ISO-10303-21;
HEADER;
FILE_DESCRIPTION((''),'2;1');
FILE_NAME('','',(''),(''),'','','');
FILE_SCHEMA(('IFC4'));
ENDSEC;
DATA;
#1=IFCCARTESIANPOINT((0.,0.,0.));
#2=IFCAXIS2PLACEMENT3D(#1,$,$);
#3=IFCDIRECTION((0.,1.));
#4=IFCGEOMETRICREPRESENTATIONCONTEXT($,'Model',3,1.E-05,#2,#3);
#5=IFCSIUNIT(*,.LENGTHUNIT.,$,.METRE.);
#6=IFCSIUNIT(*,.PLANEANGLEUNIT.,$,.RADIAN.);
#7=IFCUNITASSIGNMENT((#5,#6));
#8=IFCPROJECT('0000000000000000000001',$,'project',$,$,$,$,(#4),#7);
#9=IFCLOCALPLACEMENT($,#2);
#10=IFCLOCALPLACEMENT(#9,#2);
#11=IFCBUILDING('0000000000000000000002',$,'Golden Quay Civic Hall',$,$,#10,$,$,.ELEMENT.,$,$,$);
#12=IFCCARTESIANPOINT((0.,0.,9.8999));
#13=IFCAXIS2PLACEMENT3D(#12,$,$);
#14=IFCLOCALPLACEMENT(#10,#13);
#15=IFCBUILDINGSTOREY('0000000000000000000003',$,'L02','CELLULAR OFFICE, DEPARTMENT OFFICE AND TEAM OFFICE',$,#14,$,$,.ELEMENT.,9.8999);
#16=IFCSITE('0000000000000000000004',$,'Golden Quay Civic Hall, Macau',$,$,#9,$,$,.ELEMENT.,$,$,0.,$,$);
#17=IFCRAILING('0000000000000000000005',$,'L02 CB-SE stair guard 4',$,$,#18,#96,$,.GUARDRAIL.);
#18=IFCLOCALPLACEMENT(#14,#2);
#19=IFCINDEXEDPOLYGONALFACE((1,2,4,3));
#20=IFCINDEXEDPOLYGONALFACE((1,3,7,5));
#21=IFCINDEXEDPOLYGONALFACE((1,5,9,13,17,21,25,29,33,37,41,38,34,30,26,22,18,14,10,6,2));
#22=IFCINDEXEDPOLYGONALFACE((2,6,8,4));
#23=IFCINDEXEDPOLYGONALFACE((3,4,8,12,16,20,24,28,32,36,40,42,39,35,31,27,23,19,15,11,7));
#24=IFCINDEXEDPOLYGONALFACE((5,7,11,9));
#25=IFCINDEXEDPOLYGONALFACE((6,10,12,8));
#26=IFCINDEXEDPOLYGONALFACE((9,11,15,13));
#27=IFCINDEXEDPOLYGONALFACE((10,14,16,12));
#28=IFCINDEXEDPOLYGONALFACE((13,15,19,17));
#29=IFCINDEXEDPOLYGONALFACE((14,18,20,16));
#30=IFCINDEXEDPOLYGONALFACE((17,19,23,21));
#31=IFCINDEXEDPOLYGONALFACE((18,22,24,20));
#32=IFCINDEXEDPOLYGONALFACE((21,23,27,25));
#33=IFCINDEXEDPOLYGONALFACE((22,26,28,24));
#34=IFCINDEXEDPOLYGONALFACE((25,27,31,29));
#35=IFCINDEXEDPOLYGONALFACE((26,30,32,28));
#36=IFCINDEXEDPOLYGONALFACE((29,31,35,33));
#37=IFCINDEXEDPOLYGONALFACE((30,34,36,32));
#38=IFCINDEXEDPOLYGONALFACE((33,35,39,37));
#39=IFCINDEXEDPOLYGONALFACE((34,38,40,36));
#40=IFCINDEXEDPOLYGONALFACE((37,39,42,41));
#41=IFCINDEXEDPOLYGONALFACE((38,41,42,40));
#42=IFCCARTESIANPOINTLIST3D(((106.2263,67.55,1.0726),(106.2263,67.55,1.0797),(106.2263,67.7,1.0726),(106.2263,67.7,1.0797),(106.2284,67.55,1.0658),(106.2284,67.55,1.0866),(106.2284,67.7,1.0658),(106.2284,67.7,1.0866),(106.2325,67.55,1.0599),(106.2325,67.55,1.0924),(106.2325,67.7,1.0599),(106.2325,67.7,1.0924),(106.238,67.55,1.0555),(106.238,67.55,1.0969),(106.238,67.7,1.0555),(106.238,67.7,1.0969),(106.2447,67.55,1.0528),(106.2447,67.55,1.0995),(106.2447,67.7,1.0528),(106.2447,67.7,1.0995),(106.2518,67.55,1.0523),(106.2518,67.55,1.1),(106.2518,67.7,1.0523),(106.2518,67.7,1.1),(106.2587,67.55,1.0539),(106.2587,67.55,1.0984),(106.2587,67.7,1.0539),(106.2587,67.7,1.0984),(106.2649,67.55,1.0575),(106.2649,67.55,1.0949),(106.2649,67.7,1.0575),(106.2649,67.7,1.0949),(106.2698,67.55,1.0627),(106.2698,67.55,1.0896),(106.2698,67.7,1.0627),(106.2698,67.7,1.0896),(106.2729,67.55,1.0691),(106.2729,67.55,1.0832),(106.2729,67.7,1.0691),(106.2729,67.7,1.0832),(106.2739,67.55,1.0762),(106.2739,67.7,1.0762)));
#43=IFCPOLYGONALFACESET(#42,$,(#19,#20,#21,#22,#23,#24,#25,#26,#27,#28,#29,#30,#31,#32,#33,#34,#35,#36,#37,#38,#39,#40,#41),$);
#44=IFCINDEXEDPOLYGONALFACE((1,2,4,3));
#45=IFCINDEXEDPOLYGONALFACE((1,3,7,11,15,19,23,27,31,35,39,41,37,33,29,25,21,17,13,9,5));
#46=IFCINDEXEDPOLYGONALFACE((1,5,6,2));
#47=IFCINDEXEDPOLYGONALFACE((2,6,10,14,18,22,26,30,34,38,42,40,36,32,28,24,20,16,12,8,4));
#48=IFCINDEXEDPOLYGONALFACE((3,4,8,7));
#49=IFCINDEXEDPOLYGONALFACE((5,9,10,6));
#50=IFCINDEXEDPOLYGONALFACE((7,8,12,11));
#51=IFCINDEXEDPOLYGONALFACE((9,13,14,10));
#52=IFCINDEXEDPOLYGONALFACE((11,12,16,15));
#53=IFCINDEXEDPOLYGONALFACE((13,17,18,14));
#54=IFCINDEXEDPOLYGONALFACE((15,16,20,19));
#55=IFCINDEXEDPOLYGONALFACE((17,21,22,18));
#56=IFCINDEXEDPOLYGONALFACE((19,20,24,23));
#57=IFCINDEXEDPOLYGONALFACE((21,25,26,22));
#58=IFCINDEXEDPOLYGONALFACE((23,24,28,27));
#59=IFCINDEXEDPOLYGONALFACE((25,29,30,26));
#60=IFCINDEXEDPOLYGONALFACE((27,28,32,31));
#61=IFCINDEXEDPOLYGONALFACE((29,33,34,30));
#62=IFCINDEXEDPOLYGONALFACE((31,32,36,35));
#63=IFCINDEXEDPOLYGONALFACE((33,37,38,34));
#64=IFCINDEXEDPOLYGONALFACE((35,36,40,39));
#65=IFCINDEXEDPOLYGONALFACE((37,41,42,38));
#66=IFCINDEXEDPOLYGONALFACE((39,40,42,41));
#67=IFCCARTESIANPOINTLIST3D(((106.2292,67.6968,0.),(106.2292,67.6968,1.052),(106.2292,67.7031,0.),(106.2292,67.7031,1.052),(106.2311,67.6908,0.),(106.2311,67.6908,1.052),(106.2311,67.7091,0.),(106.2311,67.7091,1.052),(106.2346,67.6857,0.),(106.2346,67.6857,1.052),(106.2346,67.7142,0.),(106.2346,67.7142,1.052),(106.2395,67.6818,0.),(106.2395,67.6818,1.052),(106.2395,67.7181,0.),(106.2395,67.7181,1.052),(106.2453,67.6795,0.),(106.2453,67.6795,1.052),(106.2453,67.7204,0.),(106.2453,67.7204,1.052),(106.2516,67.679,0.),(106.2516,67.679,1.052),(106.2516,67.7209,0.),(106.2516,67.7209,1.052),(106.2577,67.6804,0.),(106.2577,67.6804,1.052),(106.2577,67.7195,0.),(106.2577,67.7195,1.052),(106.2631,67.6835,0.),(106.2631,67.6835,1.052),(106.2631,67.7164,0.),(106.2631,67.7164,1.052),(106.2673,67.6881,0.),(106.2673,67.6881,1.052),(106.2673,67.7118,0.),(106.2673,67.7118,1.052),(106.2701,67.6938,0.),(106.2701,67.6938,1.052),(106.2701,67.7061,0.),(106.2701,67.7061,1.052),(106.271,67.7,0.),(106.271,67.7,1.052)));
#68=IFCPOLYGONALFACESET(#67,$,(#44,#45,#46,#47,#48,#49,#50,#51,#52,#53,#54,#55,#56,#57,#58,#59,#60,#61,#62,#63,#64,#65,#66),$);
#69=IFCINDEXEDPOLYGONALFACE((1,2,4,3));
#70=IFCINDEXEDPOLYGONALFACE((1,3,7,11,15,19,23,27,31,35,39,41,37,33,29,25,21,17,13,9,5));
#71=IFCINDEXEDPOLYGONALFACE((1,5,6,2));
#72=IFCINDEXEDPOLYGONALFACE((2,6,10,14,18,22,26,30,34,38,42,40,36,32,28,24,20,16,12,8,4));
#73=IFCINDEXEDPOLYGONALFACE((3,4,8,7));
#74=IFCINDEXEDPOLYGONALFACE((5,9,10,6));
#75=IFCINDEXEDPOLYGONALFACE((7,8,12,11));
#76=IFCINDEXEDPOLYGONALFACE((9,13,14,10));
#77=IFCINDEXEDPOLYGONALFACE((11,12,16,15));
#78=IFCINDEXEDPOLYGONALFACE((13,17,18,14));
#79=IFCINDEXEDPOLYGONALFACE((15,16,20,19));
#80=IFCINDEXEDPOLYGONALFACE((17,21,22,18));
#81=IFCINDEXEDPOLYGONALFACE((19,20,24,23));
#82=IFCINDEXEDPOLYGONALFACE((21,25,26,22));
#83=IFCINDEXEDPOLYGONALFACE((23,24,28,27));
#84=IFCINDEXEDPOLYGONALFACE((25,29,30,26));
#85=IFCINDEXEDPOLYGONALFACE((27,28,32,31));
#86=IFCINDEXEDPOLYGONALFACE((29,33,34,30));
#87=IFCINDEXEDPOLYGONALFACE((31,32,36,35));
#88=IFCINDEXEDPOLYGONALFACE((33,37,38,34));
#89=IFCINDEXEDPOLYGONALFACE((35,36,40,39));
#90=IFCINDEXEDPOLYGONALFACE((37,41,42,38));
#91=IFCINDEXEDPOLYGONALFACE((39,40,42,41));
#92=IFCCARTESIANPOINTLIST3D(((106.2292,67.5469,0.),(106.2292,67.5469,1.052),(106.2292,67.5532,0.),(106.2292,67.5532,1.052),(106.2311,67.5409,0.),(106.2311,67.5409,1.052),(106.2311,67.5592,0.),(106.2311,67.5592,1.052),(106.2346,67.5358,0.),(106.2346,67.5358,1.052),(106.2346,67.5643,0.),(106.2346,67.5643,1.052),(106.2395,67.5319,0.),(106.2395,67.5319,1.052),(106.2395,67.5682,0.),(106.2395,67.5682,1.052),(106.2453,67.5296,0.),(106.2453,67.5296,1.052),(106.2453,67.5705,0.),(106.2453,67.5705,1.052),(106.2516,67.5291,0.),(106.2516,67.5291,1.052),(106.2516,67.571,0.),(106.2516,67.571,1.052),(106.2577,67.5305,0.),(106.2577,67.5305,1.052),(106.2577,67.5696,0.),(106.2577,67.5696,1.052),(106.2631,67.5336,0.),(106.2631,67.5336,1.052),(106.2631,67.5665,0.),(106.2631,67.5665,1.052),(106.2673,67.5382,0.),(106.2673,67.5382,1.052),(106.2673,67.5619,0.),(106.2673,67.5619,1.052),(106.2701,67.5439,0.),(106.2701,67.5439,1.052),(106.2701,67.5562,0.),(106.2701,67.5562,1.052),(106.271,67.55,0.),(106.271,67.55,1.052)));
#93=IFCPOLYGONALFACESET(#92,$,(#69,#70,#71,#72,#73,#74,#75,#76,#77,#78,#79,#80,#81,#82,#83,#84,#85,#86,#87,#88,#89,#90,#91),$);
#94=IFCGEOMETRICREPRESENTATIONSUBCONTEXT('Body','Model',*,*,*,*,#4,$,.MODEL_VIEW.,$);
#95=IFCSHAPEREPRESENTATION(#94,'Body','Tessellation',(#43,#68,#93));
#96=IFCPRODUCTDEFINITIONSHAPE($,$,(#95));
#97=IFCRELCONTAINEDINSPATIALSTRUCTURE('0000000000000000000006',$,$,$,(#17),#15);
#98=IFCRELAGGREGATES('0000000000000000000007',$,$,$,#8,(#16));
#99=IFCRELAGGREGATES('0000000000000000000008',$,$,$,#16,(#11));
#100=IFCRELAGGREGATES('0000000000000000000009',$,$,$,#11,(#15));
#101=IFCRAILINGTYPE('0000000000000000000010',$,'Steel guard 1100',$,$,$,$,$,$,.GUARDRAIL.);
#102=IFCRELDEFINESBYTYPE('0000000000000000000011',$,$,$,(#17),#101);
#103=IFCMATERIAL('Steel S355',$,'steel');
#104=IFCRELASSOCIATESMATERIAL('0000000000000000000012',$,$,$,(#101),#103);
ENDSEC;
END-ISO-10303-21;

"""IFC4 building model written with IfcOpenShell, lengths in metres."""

from ifc_helpers import new_model, si_unit, direction, frame, origin, origin_2d, place, context, subcontext, project, spatial, circle, extrude, material, type_object, element, save


model = new_model("IFC4")

# Units and contexts
model_context = context("Model", 3, precision=1e-05, world=origin(), true_north=direction((0.0, 1.0)))
body_context = subcontext(model_context, "Body", "Model", "MODEL_VIEW")
ifc_project = project(units=[si_unit("LENGTHUNIT", "METRE"), si_unit("PLANEANGLEUNIT", "RADIAN")], contexts=[model_context])

# Site, building, storey
site_placement = place(None, origin())
site = spatial("IfcSite", under=ifc_project, at=site_placement, Name="Golden Quay Civic Hall, Macau", CompositionType="ELEMENT", RefElevation=0.0)
building_placement = place(site_placement, origin())
building = spatial("IfcBuilding", under=site, at=building_placement, Name="Golden Quay Civic Hall", CompositionType="ELEMENT")
storey_placement = place(building_placement, frame((0.0, 0.0, 9.8999)))
storey = spatial("IfcBuildingStorey", under=building, at=storey_placement, Name="L02", Description="CELLULAR OFFICE, DEPARTMENT OFFICE AND TEAM OFFICE", CompositionType="ELEMENT", Elevation=9.8999)

# Railing
ifc_material_1 = material(Name="Steel S355", Category="steel")
railing_type_1 = type_object("IfcRailingType", Name="Steel guard 1100", PredefinedType="GUARDRAIL", material=ifc_material_1)
railing_1_placement = place(storey_placement, frame((106.25, 67.7, 0.0)))
element("IfcRailing", 1, at=railing_1_placement, inside=storey, type_object=railing_type_1, Name="L02 CB-SE stair guard 4", PredefinedType="GUARDRAIL", context=body_context, shape_type="SweptSolid", body=[
    extrude(circle(Radius=0.0239, at=origin_2d()), frame((0.0, 0.0, 1.0762), z_axis=(0.0, -1.0, 0.0), x_axis=(1.0, 0.0, 0.0)), (0.0, 0.0, 1.0), 0.1499),
    extrude(circle(Radius=0.021, at=origin_2d()), origin(), (0.0, 0.0, 1.0), 1.052),
    extrude(circle(Radius=0.021, at=origin_2d()), frame((0.0, -0.1499, 0.0)), (0.0, 0.0, 1.0), 1.052),
])

save(model, "model.ifc")
